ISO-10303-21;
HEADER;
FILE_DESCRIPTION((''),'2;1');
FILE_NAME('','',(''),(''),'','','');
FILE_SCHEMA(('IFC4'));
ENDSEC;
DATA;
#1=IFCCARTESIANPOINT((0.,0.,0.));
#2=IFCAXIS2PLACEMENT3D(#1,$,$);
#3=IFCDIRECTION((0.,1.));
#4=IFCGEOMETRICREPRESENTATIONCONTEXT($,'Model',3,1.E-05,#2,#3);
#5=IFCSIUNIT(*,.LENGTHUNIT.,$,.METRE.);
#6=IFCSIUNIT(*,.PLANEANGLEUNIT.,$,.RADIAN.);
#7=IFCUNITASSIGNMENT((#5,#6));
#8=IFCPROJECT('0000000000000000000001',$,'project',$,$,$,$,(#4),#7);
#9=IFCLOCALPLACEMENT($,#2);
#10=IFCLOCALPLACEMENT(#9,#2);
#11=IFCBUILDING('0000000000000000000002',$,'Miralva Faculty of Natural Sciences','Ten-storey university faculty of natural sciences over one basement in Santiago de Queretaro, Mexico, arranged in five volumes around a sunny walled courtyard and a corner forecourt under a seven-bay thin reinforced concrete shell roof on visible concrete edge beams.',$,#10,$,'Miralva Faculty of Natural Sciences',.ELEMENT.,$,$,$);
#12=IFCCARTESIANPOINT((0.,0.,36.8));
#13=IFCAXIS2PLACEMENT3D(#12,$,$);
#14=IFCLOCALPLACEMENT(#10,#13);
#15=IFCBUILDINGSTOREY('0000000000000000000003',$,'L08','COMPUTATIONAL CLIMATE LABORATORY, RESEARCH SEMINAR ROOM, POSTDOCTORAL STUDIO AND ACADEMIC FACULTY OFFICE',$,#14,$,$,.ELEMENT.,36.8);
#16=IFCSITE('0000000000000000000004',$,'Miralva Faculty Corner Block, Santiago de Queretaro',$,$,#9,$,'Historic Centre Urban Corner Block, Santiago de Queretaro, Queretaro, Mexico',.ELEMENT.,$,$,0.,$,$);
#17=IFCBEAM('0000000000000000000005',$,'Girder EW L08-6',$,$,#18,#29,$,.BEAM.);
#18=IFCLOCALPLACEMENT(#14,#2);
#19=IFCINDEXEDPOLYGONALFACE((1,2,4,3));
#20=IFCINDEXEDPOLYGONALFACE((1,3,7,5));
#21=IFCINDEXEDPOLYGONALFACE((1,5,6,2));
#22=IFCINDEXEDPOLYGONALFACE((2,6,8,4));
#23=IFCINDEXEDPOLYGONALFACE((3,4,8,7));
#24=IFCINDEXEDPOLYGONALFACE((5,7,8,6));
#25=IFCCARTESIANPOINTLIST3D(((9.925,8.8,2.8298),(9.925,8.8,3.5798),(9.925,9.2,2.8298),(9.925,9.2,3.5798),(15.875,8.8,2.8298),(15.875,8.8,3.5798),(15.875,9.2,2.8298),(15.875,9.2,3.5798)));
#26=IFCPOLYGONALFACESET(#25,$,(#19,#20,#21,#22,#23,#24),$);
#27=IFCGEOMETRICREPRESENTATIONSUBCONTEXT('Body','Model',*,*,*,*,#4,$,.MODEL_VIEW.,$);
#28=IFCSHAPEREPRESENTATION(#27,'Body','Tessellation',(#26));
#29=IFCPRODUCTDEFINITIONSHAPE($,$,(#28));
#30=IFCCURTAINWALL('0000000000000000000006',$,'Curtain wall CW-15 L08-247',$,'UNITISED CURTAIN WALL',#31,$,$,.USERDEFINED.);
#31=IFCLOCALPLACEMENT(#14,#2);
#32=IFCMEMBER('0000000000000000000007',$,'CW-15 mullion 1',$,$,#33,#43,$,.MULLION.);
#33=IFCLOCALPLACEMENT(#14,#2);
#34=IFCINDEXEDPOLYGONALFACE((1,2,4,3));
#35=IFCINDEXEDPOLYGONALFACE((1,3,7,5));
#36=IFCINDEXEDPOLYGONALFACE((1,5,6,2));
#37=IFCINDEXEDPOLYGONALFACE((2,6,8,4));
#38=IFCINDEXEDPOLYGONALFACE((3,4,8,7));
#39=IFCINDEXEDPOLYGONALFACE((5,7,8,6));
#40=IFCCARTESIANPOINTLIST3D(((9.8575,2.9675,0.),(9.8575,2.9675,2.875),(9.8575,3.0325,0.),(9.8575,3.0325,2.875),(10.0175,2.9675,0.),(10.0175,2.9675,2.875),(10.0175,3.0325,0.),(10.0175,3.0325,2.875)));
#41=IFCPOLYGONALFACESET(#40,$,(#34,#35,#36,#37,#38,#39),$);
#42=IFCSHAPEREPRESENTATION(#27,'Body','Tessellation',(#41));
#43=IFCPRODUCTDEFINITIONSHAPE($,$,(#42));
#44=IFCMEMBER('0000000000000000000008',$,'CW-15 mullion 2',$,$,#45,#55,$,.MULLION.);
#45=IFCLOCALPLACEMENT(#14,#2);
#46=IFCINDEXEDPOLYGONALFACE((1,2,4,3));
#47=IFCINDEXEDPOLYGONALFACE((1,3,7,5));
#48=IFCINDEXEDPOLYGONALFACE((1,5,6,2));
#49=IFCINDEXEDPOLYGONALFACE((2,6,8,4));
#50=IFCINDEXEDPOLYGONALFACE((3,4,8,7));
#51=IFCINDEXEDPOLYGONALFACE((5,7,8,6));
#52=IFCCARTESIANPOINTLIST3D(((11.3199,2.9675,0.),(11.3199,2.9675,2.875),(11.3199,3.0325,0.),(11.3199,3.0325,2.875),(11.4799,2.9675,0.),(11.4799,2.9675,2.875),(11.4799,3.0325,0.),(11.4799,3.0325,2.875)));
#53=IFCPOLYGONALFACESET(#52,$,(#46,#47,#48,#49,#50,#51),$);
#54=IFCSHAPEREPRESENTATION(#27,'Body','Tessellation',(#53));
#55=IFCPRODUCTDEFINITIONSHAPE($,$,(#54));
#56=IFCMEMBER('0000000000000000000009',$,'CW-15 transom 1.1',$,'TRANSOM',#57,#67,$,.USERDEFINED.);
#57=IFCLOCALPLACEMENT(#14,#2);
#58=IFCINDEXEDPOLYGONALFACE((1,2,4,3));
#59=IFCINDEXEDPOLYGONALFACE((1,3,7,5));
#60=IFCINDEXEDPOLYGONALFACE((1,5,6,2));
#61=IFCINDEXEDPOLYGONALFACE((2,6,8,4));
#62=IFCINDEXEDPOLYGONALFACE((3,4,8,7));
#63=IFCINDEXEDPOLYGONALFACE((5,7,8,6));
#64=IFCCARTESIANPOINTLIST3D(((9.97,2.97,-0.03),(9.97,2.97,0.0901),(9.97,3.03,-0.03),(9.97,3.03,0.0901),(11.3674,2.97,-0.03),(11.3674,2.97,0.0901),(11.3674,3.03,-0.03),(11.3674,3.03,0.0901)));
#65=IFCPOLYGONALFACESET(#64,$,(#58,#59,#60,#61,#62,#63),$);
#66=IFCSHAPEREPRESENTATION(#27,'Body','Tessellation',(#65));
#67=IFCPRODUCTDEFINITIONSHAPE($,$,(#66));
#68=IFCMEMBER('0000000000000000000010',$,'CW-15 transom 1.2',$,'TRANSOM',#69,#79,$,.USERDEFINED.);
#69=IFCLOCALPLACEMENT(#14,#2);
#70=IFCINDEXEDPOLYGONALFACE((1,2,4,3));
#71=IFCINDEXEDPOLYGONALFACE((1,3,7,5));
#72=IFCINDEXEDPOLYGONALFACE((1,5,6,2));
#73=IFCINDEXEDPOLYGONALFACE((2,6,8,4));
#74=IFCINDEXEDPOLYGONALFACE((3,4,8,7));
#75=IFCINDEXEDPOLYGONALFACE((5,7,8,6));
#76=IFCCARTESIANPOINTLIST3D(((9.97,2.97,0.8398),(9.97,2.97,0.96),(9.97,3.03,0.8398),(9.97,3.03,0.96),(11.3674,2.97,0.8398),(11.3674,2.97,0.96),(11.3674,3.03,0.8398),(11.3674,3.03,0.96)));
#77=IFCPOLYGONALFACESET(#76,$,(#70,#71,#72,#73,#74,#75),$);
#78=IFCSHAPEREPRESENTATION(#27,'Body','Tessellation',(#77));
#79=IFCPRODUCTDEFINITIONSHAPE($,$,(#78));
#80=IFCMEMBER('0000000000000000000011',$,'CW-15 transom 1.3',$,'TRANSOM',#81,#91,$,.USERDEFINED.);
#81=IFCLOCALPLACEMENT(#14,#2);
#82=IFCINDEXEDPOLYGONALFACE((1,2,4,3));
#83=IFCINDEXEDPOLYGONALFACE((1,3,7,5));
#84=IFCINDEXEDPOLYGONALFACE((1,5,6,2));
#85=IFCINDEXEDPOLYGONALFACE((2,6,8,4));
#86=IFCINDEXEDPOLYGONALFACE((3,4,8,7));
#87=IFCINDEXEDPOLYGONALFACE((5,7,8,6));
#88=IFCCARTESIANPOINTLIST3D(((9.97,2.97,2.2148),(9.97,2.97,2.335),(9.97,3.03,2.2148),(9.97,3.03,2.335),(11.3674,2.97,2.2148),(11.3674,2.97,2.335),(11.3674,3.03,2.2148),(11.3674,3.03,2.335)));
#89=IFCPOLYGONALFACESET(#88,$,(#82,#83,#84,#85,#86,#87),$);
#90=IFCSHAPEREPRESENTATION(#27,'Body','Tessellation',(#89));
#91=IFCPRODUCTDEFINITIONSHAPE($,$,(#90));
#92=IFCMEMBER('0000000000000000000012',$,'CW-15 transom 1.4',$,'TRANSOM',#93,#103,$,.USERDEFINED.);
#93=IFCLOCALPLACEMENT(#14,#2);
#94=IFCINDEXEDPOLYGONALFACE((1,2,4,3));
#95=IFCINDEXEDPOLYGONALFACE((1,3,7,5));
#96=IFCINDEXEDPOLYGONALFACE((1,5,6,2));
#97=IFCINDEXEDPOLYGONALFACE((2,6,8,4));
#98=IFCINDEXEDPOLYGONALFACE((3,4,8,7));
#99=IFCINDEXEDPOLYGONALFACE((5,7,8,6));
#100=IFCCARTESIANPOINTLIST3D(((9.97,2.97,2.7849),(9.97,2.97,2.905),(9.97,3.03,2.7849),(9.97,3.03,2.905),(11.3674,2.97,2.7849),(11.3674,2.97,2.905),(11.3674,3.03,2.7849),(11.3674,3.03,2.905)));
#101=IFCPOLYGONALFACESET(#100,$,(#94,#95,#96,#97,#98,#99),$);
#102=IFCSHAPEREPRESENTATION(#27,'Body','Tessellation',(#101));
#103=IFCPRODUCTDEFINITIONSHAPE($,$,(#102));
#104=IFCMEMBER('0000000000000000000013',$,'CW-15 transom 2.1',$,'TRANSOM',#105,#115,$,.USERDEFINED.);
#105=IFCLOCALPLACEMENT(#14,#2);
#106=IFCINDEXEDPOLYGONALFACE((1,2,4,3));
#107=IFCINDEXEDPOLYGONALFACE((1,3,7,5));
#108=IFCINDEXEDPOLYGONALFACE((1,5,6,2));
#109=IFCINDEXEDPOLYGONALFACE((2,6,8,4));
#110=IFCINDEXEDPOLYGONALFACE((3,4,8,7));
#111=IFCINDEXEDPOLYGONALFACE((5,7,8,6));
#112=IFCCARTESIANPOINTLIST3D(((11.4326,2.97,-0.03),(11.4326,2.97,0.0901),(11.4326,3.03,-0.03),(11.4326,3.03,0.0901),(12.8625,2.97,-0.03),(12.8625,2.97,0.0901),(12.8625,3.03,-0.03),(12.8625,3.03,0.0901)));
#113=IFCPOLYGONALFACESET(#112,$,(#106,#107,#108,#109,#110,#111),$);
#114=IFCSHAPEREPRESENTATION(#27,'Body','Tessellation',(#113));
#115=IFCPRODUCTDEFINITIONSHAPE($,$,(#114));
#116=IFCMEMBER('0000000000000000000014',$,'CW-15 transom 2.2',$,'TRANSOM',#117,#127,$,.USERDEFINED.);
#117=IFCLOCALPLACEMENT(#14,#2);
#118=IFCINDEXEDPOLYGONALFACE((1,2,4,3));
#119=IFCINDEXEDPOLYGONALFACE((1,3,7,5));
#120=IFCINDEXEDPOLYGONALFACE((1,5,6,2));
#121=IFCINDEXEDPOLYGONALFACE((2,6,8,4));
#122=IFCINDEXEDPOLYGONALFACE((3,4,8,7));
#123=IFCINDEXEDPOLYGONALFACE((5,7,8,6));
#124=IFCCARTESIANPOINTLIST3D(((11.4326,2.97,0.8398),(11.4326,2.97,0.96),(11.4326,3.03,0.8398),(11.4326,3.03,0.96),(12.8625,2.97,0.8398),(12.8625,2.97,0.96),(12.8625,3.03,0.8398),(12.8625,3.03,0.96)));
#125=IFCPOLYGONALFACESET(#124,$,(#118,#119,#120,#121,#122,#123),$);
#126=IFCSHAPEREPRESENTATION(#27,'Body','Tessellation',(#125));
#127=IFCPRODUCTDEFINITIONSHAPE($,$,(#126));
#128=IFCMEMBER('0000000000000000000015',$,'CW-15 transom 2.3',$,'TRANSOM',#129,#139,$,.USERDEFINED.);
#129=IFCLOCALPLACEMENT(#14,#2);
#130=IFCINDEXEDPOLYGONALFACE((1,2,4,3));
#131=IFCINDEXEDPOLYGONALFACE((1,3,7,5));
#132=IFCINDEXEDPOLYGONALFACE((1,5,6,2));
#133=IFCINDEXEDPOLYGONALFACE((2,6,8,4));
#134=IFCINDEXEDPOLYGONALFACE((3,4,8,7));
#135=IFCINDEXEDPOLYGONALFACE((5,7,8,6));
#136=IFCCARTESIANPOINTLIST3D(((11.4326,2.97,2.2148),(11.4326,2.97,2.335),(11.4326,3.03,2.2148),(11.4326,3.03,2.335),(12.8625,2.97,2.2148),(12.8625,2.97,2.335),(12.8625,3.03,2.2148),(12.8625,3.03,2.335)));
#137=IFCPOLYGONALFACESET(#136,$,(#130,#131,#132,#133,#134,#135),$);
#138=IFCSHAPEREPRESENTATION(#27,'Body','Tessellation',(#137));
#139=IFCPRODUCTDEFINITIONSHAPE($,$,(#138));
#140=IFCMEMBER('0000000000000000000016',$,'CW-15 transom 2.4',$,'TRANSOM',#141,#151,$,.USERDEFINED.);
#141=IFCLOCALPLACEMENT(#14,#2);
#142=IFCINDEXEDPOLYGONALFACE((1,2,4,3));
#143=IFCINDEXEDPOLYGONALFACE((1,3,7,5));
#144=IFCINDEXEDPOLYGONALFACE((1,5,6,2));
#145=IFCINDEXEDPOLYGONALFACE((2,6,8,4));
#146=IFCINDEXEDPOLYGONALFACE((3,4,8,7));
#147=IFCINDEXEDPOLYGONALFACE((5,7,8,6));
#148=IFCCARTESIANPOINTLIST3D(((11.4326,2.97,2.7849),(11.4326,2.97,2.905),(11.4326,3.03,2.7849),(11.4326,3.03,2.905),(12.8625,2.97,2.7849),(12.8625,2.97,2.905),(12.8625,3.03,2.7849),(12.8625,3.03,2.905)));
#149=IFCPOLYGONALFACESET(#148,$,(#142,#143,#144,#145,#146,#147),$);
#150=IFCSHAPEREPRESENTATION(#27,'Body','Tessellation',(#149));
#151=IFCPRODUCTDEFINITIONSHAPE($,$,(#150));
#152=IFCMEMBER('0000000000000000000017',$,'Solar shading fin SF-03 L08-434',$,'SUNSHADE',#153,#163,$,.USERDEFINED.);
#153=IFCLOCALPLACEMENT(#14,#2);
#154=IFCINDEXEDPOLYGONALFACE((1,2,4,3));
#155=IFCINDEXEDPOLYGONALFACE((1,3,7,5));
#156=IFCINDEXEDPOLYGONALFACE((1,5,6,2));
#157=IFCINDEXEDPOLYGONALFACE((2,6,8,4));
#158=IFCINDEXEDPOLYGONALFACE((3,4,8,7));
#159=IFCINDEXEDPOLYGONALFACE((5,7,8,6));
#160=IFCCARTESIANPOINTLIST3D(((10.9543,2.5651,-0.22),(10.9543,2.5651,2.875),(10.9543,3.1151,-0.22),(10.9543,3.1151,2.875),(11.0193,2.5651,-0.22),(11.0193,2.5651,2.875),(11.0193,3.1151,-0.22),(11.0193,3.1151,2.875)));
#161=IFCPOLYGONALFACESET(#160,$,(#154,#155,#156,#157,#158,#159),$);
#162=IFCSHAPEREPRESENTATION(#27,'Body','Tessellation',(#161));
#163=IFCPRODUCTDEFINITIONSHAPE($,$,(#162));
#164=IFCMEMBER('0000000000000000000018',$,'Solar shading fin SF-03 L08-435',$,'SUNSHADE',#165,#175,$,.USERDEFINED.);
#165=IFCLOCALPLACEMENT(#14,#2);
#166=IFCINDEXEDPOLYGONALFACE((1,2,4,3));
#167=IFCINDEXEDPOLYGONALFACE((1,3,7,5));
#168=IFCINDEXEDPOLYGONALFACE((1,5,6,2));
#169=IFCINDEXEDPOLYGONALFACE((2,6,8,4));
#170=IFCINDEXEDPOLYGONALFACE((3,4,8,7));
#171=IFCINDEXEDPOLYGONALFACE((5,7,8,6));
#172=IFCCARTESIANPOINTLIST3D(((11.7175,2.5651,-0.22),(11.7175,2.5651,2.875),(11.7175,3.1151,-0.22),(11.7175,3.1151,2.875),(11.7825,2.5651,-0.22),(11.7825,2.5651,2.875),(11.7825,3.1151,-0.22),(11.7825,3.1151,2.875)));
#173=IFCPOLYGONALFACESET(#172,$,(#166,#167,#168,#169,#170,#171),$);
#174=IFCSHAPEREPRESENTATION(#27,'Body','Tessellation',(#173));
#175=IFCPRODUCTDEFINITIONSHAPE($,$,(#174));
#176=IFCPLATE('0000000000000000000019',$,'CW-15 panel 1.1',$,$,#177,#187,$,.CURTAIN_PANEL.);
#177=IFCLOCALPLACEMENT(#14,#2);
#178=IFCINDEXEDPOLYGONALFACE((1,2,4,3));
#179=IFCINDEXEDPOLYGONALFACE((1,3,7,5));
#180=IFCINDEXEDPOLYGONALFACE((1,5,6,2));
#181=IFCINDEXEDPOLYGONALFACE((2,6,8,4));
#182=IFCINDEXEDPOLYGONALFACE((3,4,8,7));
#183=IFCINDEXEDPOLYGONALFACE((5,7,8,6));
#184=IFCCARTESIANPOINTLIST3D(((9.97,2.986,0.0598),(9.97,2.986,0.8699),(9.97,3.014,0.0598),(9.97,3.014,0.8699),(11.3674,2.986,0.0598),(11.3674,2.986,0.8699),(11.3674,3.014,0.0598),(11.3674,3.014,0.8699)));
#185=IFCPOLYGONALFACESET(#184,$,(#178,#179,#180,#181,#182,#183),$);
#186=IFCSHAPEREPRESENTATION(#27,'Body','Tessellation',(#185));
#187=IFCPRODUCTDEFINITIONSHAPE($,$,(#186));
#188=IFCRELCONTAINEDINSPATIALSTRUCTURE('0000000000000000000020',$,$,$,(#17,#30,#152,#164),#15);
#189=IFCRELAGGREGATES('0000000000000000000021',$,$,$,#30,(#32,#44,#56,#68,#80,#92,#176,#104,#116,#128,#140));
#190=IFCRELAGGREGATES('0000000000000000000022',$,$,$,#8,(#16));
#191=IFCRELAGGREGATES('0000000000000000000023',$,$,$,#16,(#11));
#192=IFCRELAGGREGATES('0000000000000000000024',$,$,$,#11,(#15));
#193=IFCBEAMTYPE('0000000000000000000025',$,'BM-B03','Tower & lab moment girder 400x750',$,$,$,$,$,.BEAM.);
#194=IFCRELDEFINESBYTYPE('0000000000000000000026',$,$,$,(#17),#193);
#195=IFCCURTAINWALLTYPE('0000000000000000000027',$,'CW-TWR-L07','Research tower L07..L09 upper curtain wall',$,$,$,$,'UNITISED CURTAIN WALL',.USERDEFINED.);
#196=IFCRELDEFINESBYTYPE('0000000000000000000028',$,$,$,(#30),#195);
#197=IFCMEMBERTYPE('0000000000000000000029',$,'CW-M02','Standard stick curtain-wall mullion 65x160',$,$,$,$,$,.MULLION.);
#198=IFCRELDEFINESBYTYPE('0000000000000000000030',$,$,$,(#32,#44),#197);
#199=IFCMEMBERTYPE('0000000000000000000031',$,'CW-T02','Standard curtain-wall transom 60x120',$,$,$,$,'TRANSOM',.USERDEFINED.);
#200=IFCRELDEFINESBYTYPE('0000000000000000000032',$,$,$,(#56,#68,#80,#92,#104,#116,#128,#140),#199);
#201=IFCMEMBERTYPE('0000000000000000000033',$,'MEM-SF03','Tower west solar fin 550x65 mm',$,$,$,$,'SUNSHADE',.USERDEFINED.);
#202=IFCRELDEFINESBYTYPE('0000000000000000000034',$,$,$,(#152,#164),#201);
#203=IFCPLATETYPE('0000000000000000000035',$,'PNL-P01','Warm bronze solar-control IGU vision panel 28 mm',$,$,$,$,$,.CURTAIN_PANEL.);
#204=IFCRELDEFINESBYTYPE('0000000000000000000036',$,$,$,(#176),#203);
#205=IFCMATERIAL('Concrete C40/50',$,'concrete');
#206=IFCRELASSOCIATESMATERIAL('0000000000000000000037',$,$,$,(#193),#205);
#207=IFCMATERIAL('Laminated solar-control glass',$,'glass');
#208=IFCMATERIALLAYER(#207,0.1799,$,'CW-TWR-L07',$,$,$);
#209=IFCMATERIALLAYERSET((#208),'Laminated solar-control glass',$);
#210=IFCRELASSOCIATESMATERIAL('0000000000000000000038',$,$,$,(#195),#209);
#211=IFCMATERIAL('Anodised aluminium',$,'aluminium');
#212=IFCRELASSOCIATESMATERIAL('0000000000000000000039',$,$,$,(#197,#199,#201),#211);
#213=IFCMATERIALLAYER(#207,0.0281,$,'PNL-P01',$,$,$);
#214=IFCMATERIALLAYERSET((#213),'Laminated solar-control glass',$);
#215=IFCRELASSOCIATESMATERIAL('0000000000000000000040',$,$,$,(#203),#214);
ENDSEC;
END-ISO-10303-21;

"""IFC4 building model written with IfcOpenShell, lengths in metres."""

from ifc_helpers import new_model, si_unit, direction, frame, origin, origin_2d, place, context, subcontext, project, spatial, rectangle, extrude, material, layer, layer_set, material_profile, profile_set, type_object, element, aggregate, save


model = new_model("IFC4")

# Units and contexts
model_context = context("Model", 3, precision=1e-05, world=origin(), true_north=direction((0.0, 1.0)))
body_context = subcontext(model_context, "Body", "Model", "MODEL_VIEW")
ifc_project = project(units=[si_unit("LENGTHUNIT", "METRE"), si_unit("PLANEANGLEUNIT", "RADIAN")], contexts=[model_context])

# Site, building, storey
site_placement = place(None, origin())
site = spatial("IfcSite", under=ifc_project, at=site_placement, Name="Miralva Faculty Corner Block, Santiago de Queretaro", LongName="Historic Centre Urban Corner Block, Santiago de Queretaro, Queretaro, Mexico", CompositionType="ELEMENT", RefElevation=0.0)
building_placement = place(site_placement, origin())
building = spatial("IfcBuilding", under=site, at=building_placement, Name="Miralva Faculty of Natural Sciences", Description="Ten-storey university faculty of natural sciences over one basement in Santiago de Queretaro, Mexico, arranged in five volumes around a sunny walled courtyard and a corner forecourt under a seven-bay thin reinforced concrete shell roof on visible concrete edge beams.", LongName="Miralva Faculty of Natural Sciences", CompositionType="ELEMENT")
storey_placement = place(building_placement, frame((0.0, 0.0, 36.8)))
storey = spatial("IfcBuildingStorey", under=building, at=storey_placement, Name="L08", Description="COMPUTATIONAL CLIMATE LABORATORY, RESEARCH SEMINAR ROOM, POSTDOCTORAL STUDIO AND ACADEMIC FACULTY OFFICE", CompositionType="ELEMENT", Elevation=36.8)

# Beam
ifc_material_1 = material(Name="Concrete C40/50", Category="concrete")
ifc_material_profile_1 = material_profile(ifc_material_1, rectangle(XDim=0.3999, YDim=0.75, at=origin_2d()), Name="RC 400x750")
ifc_profile_set_1 = profile_set([ifc_material_profile_1], Name="Concrete C40/50")
beam_type = type_object("IfcBeamType", Name="BM-B03", Description="Tower & lab moment girder 400x750", PredefinedType="BEAM", material=ifc_profile_set_1)
beam_placement = place(storey_placement, frame((9.925, 9.0, 3.2048), z_axis=(1.0, 0.0, 0.0), x_axis=(0.0, 1.0, 0.0)))
element("IfcBeam", 1, at=beam_placement, inside=storey, type_object=beam_type, Name="Girder EW L08-6", PredefinedType="BEAM", context=body_context, shape_type="SweptSolid", body=[
    extrude(rectangle(XDim=0.3999, YDim=0.75, at=origin_2d()), origin(), (0.0, 0.0, 1.0), 5.95),
])

# Curtain wall, members
ifc_material_2 = material(Name="Laminated solar-control glass", Category="glass")
ifc_layer_1 = layer(ifc_material_2, 0.1799, Name="CW-TWR-L07")
ifc_layer_set_1 = layer_set([ifc_layer_1], Name="Laminated solar-control glass")
curtain_wall_type = type_object("IfcCurtainWallType", Name="CW-TWR-L07", Description="Research tower L07..L09 upper curtain wall", ElementType="UNITISED CURTAIN WALL", PredefinedType="USERDEFINED", material=ifc_layer_set_1)
curtain_wall_placement = place(storey_placement, origin())
curtain_wall = element("IfcCurtainWall", 2, at=curtain_wall_placement, inside=storey, type_object=curtain_wall_type, Name="Curtain wall CW-15 L08-247", ObjectType="UNITISED CURTAIN WALL", PredefinedType="USERDEFINED")
ifc_material_3 = material(Name="Anodised aluminium", Category="aluminium")
ifc_material_profile_2 = material_profile(ifc_material_3, rectangle(XDim=0.0649, YDim=0.1599, at=origin_2d()), Name="MULLION 65x160")
ifc_profile_set_2 = profile_set([ifc_material_profile_2], Name="Anodised aluminium")
member_type_1 = type_object("IfcMemberType", Name="CW-M02", Description="Standard stick curtain-wall mullion 65x160", PredefinedType="MULLION", material=ifc_profile_set_2)
member_1_placement = place(storey_placement, frame((9.9375, 3.0, 0.0), z_axis=(0.0, 0.0, 1.0), x_axis=(0.0, 1.0, 0.0)))
member_1 = element("IfcMember", 3, at=member_1_placement, type_object=member_type_1, Name="CW-15 mullion 1", PredefinedType="MULLION", context=body_context, shape_type="SweptSolid", body=[
    extrude(rectangle(XDim=0.0649, YDim=0.1599, at=origin_2d()), origin(), (0.0, 0.0, 1.0), 2.875),
])
member_2_placement = place(storey_placement, frame((11.3999, 3.0, 0.0), z_axis=(0.0, 0.0, 1.0), x_axis=(0.0, 1.0, 0.0)))
member_2 = element("IfcMember", 4, at=member_2_placement, type_object=member_type_1, Name="CW-15 mullion 2", PredefinedType="MULLION", context=body_context, shape_type="SweptSolid", body=[
    extrude(rectangle(XDim=0.0649, YDim=0.1599, at=origin_2d()), origin(), (0.0, 0.0, 1.0), 2.875),
])
ifc_material_profile_3 = material_profile(ifc_material_3, rectangle(XDim=0.0601, YDim=0.1201, at=origin_2d()), Name="TRANSOM 60x120")
ifc_profile_set_3 = profile_set([ifc_material_profile_3], Name="Anodised aluminium")
member_type_2 = type_object("IfcMemberType", Name="CW-T02", Description="Standard curtain-wall transom 60x120", ElementType="TRANSOM", PredefinedType="USERDEFINED", material=ifc_profile_set_3)
member_3_placement = place(storey_placement, frame((9.97, 3.0, 0.03), z_axis=(1.0, 0.0, 0.0), x_axis=(0.0, 1.0, 0.0)))
member_3 = element("IfcMember", 5, at=member_3_placement, type_object=member_type_2, Name="CW-15 transom 1.1", ObjectType="TRANSOM", PredefinedType="USERDEFINED", context=body_context, shape_type="SweptSolid", body=[
    extrude(rectangle(XDim=0.0601, YDim=0.1201, at=origin_2d()), origin(), (0.0, 0.0, 1.0), 1.3975),
])
member_4_placement = place(storey_placement, frame((9.97, 3.0, 0.8999), z_axis=(1.0, 0.0, 0.0), x_axis=(0.0, 1.0, 0.0)))
member_4 = element("IfcMember", 6, at=member_4_placement, type_object=member_type_2, Name="CW-15 transom 1.2", ObjectType="TRANSOM", PredefinedType="USERDEFINED", context=body_context, shape_type="SweptSolid", body=[
    extrude(rectangle(XDim=0.0601, YDim=0.1201, at=origin_2d()), origin(), (0.0, 0.0, 1.0), 1.3975),
])
member_5_placement = place(storey_placement, frame((9.97, 3.0, 2.2749), z_axis=(1.0, 0.0, 0.0), x_axis=(0.0, 1.0, 0.0)))
member_5 = element("IfcMember", 7, at=member_5_placement, type_object=member_type_2, Name="CW-15 transom 1.3", ObjectType="TRANSOM", PredefinedType="USERDEFINED", context=body_context, shape_type="SweptSolid", body=[
    extrude(rectangle(XDim=0.0601, YDim=0.1201, at=origin_2d()), origin(), (0.0, 0.0, 1.0), 1.3975),
])
member_6_placement = place(storey_placement, frame((9.97, 3.0, 2.845), z_axis=(1.0, 0.0, 0.0), x_axis=(0.0, 1.0, 0.0)))
member_6 = element("IfcMember", 8, at=member_6_placement, type_object=member_type_2, Name="CW-15 transom 1.4", ObjectType="TRANSOM", PredefinedType="USERDEFINED", context=body_context, shape_type="SweptSolid", body=[
    extrude(rectangle(XDim=0.0601, YDim=0.1201, at=origin_2d()), origin(), (0.0, 0.0, 1.0), 1.3975),
])
member_7_placement = place(storey_placement, frame((11.4326, 3.0, 0.03), z_axis=(1.0, 0.0, 0.0), x_axis=(0.0, 1.0, 0.0)))
member_7 = element("IfcMember", 9, at=member_7_placement, type_object=member_type_2, Name="CW-15 transom 2.1", ObjectType="TRANSOM", PredefinedType="USERDEFINED", context=body_context, shape_type="SweptSolid", body=[
    extrude(rectangle(XDim=0.0601, YDim=0.1201, at=origin_2d()), origin(), (0.0, 0.0, 1.0), 1.4299),
])
member_8_placement = place(storey_placement, frame((11.4326, 3.0, 0.8999), z_axis=(1.0, 0.0, 0.0), x_axis=(0.0, 1.0, 0.0)))
member_8 = element("IfcMember", 10, at=member_8_placement, type_object=member_type_2, Name="CW-15 transom 2.2", ObjectType="TRANSOM", PredefinedType="USERDEFINED", context=body_context, shape_type="SweptSolid", body=[
    extrude(rectangle(XDim=0.0601, YDim=0.1201, at=origin_2d()), origin(), (0.0, 0.0, 1.0), 1.4299),
])
member_9_placement = place(storey_placement, frame((11.4326, 3.0, 2.2749), z_axis=(1.0, 0.0, 0.0), x_axis=(0.0, 1.0, 0.0)))
member_9 = element("IfcMember", 11, at=member_9_placement, type_object=member_type_2, Name="CW-15 transom 2.3", ObjectType="TRANSOM", PredefinedType="USERDEFINED", context=body_context, shape_type="SweptSolid", body=[
    extrude(rectangle(XDim=0.0601, YDim=0.1201, at=origin_2d()), origin(), (0.0, 0.0, 1.0), 1.4299),
])
member_10_placement = place(storey_placement, frame((11.4326, 3.0, 2.845), z_axis=(1.0, 0.0, 0.0), x_axis=(0.0, 1.0, 0.0)))
member_10 = element("IfcMember", 12, at=member_10_placement, type_object=member_type_2, Name="CW-15 transom 2.4", ObjectType="TRANSOM", PredefinedType="USERDEFINED", context=body_context, shape_type="SweptSolid", body=[
    extrude(rectangle(XDim=0.0601, YDim=0.1201, at=origin_2d()), origin(), (0.0, 0.0, 1.0), 1.4299),
])

# Members
ifc_material_profile_4 = material_profile(ifc_material_3, rectangle(XDim=0.0649, YDim=0.55, at=origin_2d()), Name="FIN 550x65")
ifc_profile_set_4 = profile_set([ifc_material_profile_4], Name="Anodised aluminium")
member_type_3 = type_object("IfcMemberType", Name="MEM-SF03", Description="Tower west solar fin 550x65 mm", ElementType="SUNSHADE", PredefinedType="USERDEFINED", material=ifc_profile_set_4)
for number, where, z_axis, x_axis, name in (
    (13, (10.9868, 2.8401, -0.22), (0.0, 0.0, 1.0), (1.0, 0.0, 0.0), "Solar shading fin SF-03 L08-434"),
    (14, (11.75, 2.8401, -0.22), (0.0, 0.0, 1.0), (1.0, 0.0, 0.0), "Solar shading fin SF-03 L08-435"),
):
    element("IfcMember", number, at=place(storey_placement, frame(where, z_axis=z_axis, x_axis=x_axis)), inside=storey, type_object=member_type_3, Name=name, ObjectType="SUNSHADE", PredefinedType="USERDEFINED", context=body_context, shape_type="SweptSolid", body=[
        extrude(rectangle(XDim=0.0649, YDim=0.55, at=origin_2d()), origin(), (0.0, 0.0, 1.0), 3.095),
    ])

# Plate
ifc_layer_2 = layer(ifc_material_2, 0.0281, Name="PNL-P01")
ifc_layer_set_2 = layer_set([ifc_layer_2], Name="Laminated solar-control glass")
plate_type = type_object("IfcPlateType", Name="PNL-P01", Description="Warm bronze solar-control IGU vision panel 28 mm", PredefinedType="CURTAIN_PANEL", material=ifc_layer_set_2)
plate_1_placement = place(storey_placement, frame((10.6687, 3.0, 0.0598), z_axis=(0.0, 0.0, 1.0), x_axis=(1.0, 0.0, 0.0)))
plate_1 = element("IfcPlate", 15, at=plate_1_placement, type_object=plate_type, Name="CW-15 panel 1.1", PredefinedType="CURTAIN_PANEL", context=body_context, shape_type="SweptSolid", body=[
    extrude(rectangle(XDim=1.3975, YDim=0.0281, at=origin_2d()), origin(), (0.0, 0.0, 1.0), 0.8101),
])
aggregate(curtain_wall, [member_1, member_2, member_3, member_4, member_5, member_6, plate_1, member_7, member_8, member_9, member_10])

save(model, "model.ifc")
